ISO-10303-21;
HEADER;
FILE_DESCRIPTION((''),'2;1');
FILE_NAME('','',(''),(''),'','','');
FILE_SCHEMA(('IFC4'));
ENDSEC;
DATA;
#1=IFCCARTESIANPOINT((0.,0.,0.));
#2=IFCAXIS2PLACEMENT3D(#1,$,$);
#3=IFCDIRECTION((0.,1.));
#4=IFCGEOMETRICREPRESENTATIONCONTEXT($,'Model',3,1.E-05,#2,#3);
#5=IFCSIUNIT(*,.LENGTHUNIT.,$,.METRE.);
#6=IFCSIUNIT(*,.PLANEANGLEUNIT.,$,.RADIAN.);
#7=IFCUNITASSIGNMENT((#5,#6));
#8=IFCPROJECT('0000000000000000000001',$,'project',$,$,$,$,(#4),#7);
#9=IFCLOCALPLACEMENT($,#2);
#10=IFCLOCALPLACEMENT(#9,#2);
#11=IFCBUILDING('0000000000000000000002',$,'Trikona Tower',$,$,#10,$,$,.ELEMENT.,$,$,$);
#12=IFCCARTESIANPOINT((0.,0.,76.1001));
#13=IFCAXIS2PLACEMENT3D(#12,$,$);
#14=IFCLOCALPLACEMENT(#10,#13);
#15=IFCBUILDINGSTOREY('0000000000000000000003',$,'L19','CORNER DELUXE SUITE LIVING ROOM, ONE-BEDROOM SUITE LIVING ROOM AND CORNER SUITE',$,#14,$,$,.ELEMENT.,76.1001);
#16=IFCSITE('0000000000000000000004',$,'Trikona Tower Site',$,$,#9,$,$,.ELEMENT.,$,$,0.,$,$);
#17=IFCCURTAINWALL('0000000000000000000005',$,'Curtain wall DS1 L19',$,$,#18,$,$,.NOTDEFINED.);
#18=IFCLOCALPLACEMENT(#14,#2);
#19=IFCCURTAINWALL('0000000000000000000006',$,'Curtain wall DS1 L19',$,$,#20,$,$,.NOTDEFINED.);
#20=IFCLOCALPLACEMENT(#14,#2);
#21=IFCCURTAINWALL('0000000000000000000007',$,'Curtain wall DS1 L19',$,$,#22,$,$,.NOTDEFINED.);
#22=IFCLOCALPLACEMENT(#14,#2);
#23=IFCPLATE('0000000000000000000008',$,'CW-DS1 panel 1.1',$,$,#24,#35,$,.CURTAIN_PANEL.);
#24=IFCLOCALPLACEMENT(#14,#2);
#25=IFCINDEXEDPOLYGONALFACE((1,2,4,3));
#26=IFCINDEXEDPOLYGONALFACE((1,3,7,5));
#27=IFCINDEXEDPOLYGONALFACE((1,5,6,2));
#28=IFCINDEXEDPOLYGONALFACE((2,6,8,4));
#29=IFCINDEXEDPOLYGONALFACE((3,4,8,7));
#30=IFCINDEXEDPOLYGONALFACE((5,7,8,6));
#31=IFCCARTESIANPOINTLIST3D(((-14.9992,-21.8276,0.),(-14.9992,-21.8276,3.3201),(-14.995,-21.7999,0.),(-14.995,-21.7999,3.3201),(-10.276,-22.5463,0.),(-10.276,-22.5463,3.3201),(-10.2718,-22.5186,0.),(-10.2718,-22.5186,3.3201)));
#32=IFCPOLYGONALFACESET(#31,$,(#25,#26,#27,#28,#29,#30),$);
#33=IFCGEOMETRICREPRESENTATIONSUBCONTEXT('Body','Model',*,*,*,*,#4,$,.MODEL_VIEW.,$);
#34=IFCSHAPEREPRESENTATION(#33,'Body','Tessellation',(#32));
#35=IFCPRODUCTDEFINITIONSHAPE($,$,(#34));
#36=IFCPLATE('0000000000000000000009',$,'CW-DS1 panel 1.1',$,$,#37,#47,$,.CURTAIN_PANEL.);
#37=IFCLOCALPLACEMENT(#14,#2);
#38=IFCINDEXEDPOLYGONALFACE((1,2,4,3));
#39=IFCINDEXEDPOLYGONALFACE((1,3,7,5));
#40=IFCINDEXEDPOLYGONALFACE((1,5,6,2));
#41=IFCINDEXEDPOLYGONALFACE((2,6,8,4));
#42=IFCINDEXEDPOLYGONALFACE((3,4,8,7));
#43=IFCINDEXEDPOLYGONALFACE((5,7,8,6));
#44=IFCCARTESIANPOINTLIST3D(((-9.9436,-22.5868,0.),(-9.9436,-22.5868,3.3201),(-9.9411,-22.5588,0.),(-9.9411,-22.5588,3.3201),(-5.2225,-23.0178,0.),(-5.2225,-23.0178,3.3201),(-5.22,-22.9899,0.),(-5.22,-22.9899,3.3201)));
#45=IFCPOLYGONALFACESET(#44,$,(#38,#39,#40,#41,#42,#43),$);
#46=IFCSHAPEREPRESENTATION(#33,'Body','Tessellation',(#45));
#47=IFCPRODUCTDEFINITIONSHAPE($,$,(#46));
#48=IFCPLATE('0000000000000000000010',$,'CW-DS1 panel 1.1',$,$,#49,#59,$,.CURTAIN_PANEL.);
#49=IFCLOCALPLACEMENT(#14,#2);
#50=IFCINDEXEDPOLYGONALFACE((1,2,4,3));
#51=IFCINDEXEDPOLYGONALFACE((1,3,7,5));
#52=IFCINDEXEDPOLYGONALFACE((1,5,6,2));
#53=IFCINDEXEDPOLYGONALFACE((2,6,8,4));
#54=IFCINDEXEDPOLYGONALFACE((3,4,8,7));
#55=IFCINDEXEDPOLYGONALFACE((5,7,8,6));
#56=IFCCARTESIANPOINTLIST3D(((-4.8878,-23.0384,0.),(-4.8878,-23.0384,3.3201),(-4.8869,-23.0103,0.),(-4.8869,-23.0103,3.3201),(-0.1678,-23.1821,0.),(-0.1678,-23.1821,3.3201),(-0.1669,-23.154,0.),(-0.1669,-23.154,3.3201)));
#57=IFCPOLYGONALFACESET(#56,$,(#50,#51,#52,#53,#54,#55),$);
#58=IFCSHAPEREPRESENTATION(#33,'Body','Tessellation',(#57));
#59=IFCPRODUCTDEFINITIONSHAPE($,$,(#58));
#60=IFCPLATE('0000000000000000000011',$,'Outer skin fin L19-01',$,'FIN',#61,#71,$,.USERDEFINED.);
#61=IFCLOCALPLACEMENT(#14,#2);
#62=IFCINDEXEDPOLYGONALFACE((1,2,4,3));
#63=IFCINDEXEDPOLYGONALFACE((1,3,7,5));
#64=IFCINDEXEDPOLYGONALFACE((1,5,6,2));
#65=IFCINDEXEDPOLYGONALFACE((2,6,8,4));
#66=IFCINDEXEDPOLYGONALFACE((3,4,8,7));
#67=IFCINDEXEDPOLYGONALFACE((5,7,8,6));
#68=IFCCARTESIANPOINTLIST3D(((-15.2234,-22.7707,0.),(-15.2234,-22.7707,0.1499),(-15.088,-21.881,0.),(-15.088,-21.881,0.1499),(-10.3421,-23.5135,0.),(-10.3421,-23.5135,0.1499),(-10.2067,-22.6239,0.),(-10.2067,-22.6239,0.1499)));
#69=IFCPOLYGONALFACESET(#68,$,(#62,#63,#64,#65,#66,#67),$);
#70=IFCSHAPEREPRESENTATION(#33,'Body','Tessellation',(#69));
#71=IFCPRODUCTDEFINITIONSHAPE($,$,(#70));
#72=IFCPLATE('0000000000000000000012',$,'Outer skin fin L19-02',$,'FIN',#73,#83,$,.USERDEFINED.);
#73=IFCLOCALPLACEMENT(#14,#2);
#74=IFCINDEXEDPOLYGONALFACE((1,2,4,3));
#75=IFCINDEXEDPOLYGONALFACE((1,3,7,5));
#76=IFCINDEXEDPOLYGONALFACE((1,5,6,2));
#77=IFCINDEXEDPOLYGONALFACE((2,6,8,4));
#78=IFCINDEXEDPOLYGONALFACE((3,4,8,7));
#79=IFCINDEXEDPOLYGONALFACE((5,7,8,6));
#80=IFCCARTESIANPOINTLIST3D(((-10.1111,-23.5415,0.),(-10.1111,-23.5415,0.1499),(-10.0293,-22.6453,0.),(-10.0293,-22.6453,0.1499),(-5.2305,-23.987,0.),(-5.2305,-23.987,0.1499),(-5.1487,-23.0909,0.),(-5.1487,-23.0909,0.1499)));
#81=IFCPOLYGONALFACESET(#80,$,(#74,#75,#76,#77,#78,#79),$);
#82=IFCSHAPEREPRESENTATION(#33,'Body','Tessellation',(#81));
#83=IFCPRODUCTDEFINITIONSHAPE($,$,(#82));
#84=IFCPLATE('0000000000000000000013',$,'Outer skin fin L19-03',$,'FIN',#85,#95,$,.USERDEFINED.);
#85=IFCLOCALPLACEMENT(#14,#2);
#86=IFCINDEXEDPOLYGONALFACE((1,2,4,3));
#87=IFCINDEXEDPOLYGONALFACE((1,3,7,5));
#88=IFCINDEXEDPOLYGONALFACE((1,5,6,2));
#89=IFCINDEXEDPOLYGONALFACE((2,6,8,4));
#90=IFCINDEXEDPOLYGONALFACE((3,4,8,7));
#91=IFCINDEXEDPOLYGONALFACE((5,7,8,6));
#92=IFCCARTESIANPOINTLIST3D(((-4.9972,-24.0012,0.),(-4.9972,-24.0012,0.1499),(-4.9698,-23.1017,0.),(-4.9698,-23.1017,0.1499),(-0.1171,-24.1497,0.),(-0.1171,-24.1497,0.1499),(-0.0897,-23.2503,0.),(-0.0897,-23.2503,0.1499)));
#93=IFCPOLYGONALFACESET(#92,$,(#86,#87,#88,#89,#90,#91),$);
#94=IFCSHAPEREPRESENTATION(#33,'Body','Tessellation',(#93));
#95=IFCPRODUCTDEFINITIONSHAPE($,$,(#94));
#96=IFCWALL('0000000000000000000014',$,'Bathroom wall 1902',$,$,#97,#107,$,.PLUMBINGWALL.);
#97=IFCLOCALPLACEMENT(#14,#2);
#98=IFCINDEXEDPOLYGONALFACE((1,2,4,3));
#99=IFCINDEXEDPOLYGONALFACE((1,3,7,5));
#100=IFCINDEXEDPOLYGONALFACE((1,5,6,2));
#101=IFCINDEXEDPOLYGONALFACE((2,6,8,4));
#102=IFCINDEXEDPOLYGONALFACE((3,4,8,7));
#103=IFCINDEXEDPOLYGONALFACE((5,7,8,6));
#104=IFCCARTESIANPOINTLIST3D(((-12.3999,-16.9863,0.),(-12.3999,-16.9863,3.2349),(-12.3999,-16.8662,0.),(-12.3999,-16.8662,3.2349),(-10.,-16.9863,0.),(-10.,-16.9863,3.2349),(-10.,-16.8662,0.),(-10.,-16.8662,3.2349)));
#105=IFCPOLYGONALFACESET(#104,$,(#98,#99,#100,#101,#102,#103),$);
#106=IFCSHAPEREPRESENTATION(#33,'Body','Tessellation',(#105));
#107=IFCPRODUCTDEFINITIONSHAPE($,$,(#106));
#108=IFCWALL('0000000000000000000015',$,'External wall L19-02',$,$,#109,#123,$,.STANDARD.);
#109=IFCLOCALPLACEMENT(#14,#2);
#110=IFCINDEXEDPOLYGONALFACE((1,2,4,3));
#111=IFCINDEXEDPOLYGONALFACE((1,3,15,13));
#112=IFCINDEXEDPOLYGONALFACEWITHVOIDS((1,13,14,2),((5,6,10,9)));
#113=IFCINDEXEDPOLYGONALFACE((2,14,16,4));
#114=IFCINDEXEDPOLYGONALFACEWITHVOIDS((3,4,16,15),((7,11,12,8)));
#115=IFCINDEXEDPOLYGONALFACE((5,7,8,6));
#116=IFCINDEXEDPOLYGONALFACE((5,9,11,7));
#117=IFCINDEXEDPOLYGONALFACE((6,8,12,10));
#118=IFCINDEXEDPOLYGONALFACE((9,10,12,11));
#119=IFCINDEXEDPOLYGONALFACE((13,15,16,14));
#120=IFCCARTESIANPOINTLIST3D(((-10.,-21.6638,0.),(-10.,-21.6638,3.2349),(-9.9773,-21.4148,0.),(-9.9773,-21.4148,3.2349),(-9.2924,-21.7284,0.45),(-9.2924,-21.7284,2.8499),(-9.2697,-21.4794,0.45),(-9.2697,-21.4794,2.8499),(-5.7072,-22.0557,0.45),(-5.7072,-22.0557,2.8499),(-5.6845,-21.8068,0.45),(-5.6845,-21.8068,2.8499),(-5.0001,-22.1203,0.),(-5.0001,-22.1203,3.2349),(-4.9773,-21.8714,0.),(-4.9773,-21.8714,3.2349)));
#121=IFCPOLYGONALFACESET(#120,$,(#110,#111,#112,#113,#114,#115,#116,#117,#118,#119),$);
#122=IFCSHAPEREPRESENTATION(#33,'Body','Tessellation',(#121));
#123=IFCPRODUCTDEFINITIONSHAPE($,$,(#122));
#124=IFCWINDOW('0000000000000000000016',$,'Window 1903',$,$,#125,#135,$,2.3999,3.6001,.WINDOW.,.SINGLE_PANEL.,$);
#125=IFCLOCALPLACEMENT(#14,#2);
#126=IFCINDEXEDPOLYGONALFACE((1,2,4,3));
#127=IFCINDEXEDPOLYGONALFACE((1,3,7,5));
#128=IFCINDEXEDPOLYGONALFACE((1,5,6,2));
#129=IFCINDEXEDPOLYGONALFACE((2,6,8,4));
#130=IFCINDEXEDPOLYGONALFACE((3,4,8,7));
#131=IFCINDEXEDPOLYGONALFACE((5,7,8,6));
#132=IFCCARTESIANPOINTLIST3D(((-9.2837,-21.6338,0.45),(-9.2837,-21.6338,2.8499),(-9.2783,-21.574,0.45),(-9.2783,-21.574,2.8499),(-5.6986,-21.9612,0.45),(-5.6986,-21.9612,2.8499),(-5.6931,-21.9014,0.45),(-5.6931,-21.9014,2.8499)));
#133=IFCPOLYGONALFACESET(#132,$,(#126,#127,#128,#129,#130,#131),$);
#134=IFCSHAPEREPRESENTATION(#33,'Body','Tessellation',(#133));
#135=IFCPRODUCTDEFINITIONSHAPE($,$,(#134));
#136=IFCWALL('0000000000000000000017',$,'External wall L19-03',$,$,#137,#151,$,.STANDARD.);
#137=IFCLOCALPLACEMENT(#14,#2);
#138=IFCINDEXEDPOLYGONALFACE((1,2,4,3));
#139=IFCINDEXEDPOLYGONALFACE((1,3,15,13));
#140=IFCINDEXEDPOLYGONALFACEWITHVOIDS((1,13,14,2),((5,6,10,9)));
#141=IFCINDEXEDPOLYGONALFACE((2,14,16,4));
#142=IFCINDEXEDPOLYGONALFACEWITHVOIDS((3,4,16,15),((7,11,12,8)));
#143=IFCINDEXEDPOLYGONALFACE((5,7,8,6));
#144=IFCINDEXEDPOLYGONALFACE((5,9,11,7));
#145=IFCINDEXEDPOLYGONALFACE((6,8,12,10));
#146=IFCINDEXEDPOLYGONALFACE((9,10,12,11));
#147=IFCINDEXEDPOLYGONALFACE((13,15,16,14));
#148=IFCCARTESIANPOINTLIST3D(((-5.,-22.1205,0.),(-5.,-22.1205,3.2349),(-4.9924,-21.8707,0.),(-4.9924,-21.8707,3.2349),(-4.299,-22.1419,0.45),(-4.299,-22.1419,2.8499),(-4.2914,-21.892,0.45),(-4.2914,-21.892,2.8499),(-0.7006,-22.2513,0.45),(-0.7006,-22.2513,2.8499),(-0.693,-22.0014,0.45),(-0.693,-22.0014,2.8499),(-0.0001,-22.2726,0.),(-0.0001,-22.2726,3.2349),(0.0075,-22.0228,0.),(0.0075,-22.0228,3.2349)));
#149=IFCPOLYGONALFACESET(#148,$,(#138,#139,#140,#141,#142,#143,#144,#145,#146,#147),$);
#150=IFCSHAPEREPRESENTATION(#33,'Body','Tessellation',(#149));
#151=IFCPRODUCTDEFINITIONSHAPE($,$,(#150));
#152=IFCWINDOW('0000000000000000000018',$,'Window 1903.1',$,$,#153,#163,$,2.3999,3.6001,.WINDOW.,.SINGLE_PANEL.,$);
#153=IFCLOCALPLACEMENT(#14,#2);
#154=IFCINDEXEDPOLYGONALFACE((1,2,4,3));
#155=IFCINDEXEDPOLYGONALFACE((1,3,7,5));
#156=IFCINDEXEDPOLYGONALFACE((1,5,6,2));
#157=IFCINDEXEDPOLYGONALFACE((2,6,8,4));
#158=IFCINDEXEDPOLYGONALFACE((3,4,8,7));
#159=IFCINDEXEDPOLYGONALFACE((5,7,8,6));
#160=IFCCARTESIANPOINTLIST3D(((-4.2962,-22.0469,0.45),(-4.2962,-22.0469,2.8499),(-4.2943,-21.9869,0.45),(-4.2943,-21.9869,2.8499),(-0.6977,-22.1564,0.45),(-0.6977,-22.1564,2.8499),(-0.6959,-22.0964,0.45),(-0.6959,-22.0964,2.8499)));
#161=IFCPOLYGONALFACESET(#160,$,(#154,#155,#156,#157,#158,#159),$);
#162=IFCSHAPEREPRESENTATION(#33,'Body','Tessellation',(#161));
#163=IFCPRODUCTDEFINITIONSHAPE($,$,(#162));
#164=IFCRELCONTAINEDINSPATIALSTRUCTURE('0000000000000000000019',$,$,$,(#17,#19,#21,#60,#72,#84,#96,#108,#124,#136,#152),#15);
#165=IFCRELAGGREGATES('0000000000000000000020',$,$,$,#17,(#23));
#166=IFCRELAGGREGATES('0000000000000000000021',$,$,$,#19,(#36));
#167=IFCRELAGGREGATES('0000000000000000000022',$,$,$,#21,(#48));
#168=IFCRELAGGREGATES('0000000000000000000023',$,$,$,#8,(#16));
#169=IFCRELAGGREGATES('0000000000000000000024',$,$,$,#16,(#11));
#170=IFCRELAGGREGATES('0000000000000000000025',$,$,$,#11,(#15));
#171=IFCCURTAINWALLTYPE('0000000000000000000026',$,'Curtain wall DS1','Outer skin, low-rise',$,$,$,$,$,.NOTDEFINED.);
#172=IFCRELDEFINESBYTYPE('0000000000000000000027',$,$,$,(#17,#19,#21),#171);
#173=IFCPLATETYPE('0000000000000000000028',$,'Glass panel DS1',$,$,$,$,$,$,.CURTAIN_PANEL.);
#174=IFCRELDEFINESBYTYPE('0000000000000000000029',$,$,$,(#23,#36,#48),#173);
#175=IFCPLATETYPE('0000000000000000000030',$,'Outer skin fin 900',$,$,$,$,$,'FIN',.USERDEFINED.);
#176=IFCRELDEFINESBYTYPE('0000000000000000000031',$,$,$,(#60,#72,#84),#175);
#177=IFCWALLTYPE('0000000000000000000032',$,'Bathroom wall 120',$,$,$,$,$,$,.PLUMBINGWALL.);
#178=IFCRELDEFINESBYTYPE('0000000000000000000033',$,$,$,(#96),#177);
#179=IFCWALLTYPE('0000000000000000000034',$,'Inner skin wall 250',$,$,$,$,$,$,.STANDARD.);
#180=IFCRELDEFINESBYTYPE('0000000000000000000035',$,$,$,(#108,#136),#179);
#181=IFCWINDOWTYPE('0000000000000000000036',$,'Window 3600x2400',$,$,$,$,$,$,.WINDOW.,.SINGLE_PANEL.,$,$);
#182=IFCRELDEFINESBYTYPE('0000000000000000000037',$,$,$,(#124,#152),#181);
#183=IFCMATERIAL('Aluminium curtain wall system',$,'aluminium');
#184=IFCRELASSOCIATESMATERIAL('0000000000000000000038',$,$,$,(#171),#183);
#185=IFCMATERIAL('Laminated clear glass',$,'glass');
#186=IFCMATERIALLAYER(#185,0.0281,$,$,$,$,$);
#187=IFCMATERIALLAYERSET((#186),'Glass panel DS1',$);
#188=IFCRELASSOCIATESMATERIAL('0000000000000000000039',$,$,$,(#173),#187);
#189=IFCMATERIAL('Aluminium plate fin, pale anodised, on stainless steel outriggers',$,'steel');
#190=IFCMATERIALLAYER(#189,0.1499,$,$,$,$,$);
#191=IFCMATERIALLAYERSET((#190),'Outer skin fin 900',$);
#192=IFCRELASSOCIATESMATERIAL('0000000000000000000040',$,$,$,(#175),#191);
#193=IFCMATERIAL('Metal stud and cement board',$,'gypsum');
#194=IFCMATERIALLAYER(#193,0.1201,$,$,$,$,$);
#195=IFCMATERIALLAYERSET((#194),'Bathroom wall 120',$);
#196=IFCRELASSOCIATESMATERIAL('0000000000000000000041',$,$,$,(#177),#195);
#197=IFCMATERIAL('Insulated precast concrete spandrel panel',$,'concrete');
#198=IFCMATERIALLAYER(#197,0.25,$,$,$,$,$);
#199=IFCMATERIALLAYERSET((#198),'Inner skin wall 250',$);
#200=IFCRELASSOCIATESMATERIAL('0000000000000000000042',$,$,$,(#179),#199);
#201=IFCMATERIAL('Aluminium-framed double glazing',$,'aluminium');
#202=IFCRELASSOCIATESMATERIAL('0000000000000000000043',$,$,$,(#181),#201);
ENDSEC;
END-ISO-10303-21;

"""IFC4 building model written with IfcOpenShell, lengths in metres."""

from ifc_helpers import new_model, si_unit, direction, frame, frame_2d, origin, origin_2d, place, context, subcontext, project, spatial, rectangle, extrude, material, layer, layer_set, type_object, element, fill, aggregate, save


model = new_model("IFC4")

# Units and contexts
model_context = context("Model", 3, precision=1e-05, world=origin(), true_north=direction((0.0, 1.0)))
body_context = subcontext(model_context, "Body", "Model", "MODEL_VIEW")
ifc_project = project(units=[si_unit("LENGTHUNIT", "METRE"), si_unit("PLANEANGLEUNIT", "RADIAN")], contexts=[model_context])

# Site, building, storey
site_placement = place(None, origin())
site = spatial("IfcSite", under=ifc_project, at=site_placement, Name="Trikona Tower Site", CompositionType="ELEMENT", RefElevation=0.0)
building_placement = place(site_placement, origin())
building = spatial("IfcBuilding", under=site, at=building_placement, Name="Trikona Tower", CompositionType="ELEMENT")
storey_placement = place(building_placement, frame((0.0, 0.0, 76.1001)))
storey = spatial("IfcBuildingStorey", under=building, at=storey_placement, Name="L19", Description="CORNER DELUXE SUITE LIVING ROOM, ONE-BEDROOM SUITE LIVING ROOM AND CORNER SUITE", CompositionType="ELEMENT", Elevation=76.1001)

# Curtain wall
ifc_material_1 = material(Name="Aluminium curtain wall system", Category="aluminium")
curtain_wall_type = type_object("IfcCurtainWallType", Name="Curtain wall DS1", Description="Outer skin, low-rise", PredefinedType="NOTDEFINED", material=ifc_material_1)
curtain_wall_1_placement = place(storey_placement, origin())
curtain_wall_1 = element("IfcCurtainWall", 1, at=curtain_wall_1_placement, inside=storey, type_object=curtain_wall_type, Name="Curtain wall DS1 L19", PredefinedType="NOTDEFINED")

# Curtain walls
curtain_wall_2_placement = place(storey_placement, origin())
curtain_wall_2 = element("IfcCurtainWall", 2, at=curtain_wall_2_placement, inside=storey, type_object=curtain_wall_type, Name="Curtain wall DS1 L19", PredefinedType="NOTDEFINED")
curtain_wall_3_placement = place(storey_placement, origin())
curtain_wall_3 = element("IfcCurtainWall", 3, at=curtain_wall_3_placement, inside=storey, type_object=curtain_wall_type, Name="Curtain wall DS1 L19", PredefinedType="NOTDEFINED")

# Plates
ifc_material_2 = material(Name="Laminated clear glass", Category="glass")
ifc_layer_1 = layer(ifc_material_2, 0.0281)
ifc_layer_set_1 = layer_set([ifc_layer_1], Name="Glass panel DS1")
plate_type_1 = type_object("IfcPlateType", Name="Glass panel DS1", PredefinedType="CURTAIN_PANEL", material=ifc_layer_set_1)
plate_1_placement = place(storey_placement, frame((-12.6355, -22.1731, 0.0), z_axis=(0.0, 0.0, 1.0), x_axis=(0.988619, -0.150438, 0.0)))
plate_1 = element("IfcPlate", 4, at=plate_1_placement, type_object=plate_type_1, Name="CW-DS1 panel 1.1", PredefinedType="CURTAIN_PANEL", context=body_context, shape_type="SweptSolid", body=[
    extrude(rectangle(XDim=4.7776, YDim=0.0281, at=origin_2d()), origin(), (0.0, 0.0, 1.0), 3.3201),
])
aggregate(curtain_wall_1, [plate_1])
plate_2_placement = place(storey_placement, frame((-7.5818, -22.7883, 0.0), z_axis=(0.0, 0.0, 1.0), x_axis=(0.995858, -0.090924, 0.0)))
plate_2 = element("IfcPlate", 5, at=plate_2_placement, type_object=plate_type_1, Name="CW-DS1 panel 1.1", PredefinedType="CURTAIN_PANEL", context=body_context, shape_type="SweptSolid", body=[
    extrude(rectangle(XDim=4.7407, YDim=0.0281, at=origin_2d()), origin(), (0.0, 0.0, 1.0), 3.3201),
])
aggregate(curtain_wall_2, [plate_2])
plate_3_placement = place(storey_placement, frame((-2.5273, -23.0962, 0.0), z_axis=(0.0, 0.0, 1.0), x_axis=(0.999537, -0.030437, 0.0)))
plate_3 = element("IfcPlate", 6, at=plate_3_placement, type_object=plate_type_1, Name="CW-DS1 panel 1.1", PredefinedType="CURTAIN_PANEL", context=body_context, shape_type="SweptSolid", body=[
    extrude(rectangle(XDim=4.7222, YDim=0.0281, at=origin_2d()), origin(), (0.0, 0.0, 1.0), 3.3201),
])
aggregate(curtain_wall_3, [plate_3])

# Plates
ifc_material_3 = material(Name="Aluminium plate fin, pale anodised, on stainless steel outriggers", Category="steel")
ifc_layer_2 = layer(ifc_material_3, 0.1499)
ifc_layer_set_2 = layer_set([ifc_layer_2], Name="Outer skin fin 900")
plate_type_2 = type_object("IfcPlateType", Name="Outer skin fin 900", ElementType="FIN", PredefinedType="USERDEFINED", material=ifc_layer_set_2)
plate_4_placement = place(storey_placement, frame((-12.7151, -22.6973, 0.0), z_axis=(0.0, 0.0, 1.0), x_axis=(0.988618, -0.150448, 0.0)))
element("IfcPlate", 7, at=plate_4_placement, inside=storey, type_object=plate_type_2, Name="Outer skin fin L19-01", ObjectType="FIN", PredefinedType="USERDEFINED", context=body_context, shape_type="SweptSolid", body=[
    extrude(rectangle(XDim=4.9375, YDim=0.8999, at=origin_2d()), origin(), (0.0, 0.0, 1.0), 0.1499),
])
plate_5_placement = place(storey_placement, frame((-7.6299, -23.3162, 0.0), z_axis=(0.0, 0.0, 1.0), x_axis=(0.995858, -0.090921, 0.0)))
element("IfcPlate", 8, at=plate_5_placement, inside=storey, type_object=plate_type_2, Name="Outer skin fin L19-02", ObjectType="FIN", PredefinedType="USERDEFINED", context=body_context, shape_type="SweptSolid", body=[
    extrude(rectangle(XDim=4.9009, YDim=0.8999, at=origin_2d()), origin(), (0.0, 0.0, 1.0), 0.1499),
])
plate_6_placement = place(storey_placement, frame((-2.5435, -23.6257, 0.0), z_axis=(0.0, 0.0, 1.0), x_axis=(0.999537, -0.030425, 0.0)))
element("IfcPlate", 9, at=plate_6_placement, inside=storey, type_object=plate_type_2, Name="Outer skin fin L19-03", ObjectType="FIN", PredefinedType="USERDEFINED", context=body_context, shape_type="SweptSolid", body=[
    extrude(rectangle(XDim=4.8823, YDim=0.8999, at=origin_2d()), origin(), (0.0, 0.0, 1.0), 0.1499),
])

# Wall
ifc_material_4 = material(Name="Metal stud and cement board", Category="gypsum")
ifc_layer_3 = layer(ifc_material_4, 0.1201)
ifc_layer_set_3 = layer_set([ifc_layer_3], Name="Bathroom wall 120")
wall_type_1 = type_object("IfcWallType", Name="Bathroom wall 120", PredefinedType="PLUMBINGWALL", material=ifc_layer_set_3)
wall_1_placement = place(storey_placement, frame((-12.3999, -16.9263, 0.0), z_axis=(0.0, 0.0, 1.0), x_axis=(1.0, 0.0, 0.0)))
element("IfcWall", 10, at=wall_1_placement, inside=storey, type_object=wall_type_1, Name="Bathroom wall 1902", PredefinedType="PLUMBINGWALL", context=body_context, shape_type="SweptSolid", body=[
    extrude(rectangle(XDim=2.3999, YDim=0.1201, at=frame_2d((1.2, 0.0))), origin(), (0.0, 0.0, 1.0), 3.2349),
])

# Walls, openings, windows
ifc_material_5 = material(Name="Insulated precast concrete spandrel panel", Category="concrete")
ifc_layer_4 = layer(ifc_material_5, 0.25)
ifc_layer_set_4 = layer_set([ifc_layer_4], Name="Inner skin wall 250")
wall_type_2 = type_object("IfcWallType", Name="Inner skin wall 250", PredefinedType="STANDARD", material=ifc_layer_set_4)
wall_2_placement = place(storey_placement, frame((-9.9885, -21.5393, 0.0), z_axis=(0.0, 0.0, 1.0), x_axis=(0.995857, -0.09093, 0.0)))
wall_2 = element("IfcWall", 11, at=wall_2_placement, inside=storey, type_object=wall_type_2, Name="External wall L19-02", PredefinedType="STANDARD", context=body_context, shape_type="SweptSolid", body=[
    extrude(rectangle(XDim=5.0208, YDim=0.25, at=frame_2d((2.5103, 0.0))), origin(), (0.0, 0.0, 1.0), 3.2349),
])
opening_1_placement = place(wall_2_placement, frame((0.7104, 0.0, 0.45)))
opening_1 = element("IfcOpeningElement", 12, at=opening_1_placement, cuts=wall_2, PredefinedType="OPENING", context=body_context, shape_type="SweptSolid", body=[
    extrude(rectangle(XDim=3.6001, YDim=2.3999, at=frame_2d((1.8, 1.2))), frame((0.0, 0.135, 0.0), z_axis=(0.0, -1.0, 0.0), x_axis=(1.0, 0.0, 0.0)), (0.0, 0.0, 1.0), 0.27),
])
ifc_material_6 = material(Name="Aluminium-framed double glazing", Category="aluminium")
window_type = type_object("IfcWindowType", Name="Window 3600x2400", PartitioningType="SINGLE_PANEL", PredefinedType="WINDOW", material=ifc_material_6)
window_1_placement = place(opening_1_placement, origin())
window_1 = element("IfcWindow", 13, at=window_1_placement, inside=storey, type_object=window_type, Name="Window 1903", OverallHeight=2.3999, OverallWidth=3.6001, PartitioningType="SINGLE_PANEL", PredefinedType="WINDOW", context=body_context, shape_type="SweptSolid", body=[
    extrude(rectangle(XDim=3.6001, YDim=2.3999, at=frame_2d((1.8, 1.2))), frame((0.0, 0.03, 0.0), z_axis=(0.0, -1.0, 0.0), x_axis=(1.0, 0.0, 0.0)), (0.0, 0.0, 1.0), 0.0601),
])
fill(opening_1, window_1)
wall_3_placement = place(storey_placement, frame((-4.9961, -21.9956, 0.0), z_axis=(0.0, 0.0, 1.0), x_axis=(0.999538, -0.030406, 0.0)))
wall_3 = element("IfcWall", 14, at=wall_3_placement, inside=storey, type_object=wall_type_2, Name="External wall L19-03", PredefinedType="STANDARD", context=body_context, shape_type="SweptSolid", body=[
    extrude(rectangle(XDim=5.0022, YDim=0.25, at=frame_2d((2.501, 0.0))), origin(), (0.0, 0.0, 1.0), 3.2349),
])
opening_2_placement = place(wall_3_placement, frame((0.7012, 0.0, 0.45)))
opening_2 = element("IfcOpeningElement", 15, at=opening_2_placement, cuts=wall_3, PredefinedType="OPENING", context=body_context, shape_type="SweptSolid", body=[
    extrude(rectangle(XDim=3.6001, YDim=2.3999, at=frame_2d((1.8, 1.2))), frame((0.0, 0.135, 0.0), z_axis=(0.0, -1.0, 0.0), x_axis=(1.0, 0.0, 0.0)), (0.0, 0.0, 1.0), 0.27),
])
window_2_placement = place(opening_2_placement, origin())
window_2 = element("IfcWindow", 16, at=window_2_placement, inside=storey, type_object=window_type, Name="Window 1903.1", OverallHeight=2.3999, OverallWidth=3.6001, PartitioningType="SINGLE_PANEL", PredefinedType="WINDOW", context=body_context, shape_type="SweptSolid", body=[
    extrude(rectangle(XDim=3.6001, YDim=2.3999, at=frame_2d((1.8, 1.2))), frame((0.0, 0.03, 0.0), z_axis=(0.0, -1.0, 0.0), x_axis=(1.0, 0.0, 0.0)), (0.0, 0.0, 1.0), 0.0601),
])
fill(opening_2, window_2)

save(model, "model.ifc")
